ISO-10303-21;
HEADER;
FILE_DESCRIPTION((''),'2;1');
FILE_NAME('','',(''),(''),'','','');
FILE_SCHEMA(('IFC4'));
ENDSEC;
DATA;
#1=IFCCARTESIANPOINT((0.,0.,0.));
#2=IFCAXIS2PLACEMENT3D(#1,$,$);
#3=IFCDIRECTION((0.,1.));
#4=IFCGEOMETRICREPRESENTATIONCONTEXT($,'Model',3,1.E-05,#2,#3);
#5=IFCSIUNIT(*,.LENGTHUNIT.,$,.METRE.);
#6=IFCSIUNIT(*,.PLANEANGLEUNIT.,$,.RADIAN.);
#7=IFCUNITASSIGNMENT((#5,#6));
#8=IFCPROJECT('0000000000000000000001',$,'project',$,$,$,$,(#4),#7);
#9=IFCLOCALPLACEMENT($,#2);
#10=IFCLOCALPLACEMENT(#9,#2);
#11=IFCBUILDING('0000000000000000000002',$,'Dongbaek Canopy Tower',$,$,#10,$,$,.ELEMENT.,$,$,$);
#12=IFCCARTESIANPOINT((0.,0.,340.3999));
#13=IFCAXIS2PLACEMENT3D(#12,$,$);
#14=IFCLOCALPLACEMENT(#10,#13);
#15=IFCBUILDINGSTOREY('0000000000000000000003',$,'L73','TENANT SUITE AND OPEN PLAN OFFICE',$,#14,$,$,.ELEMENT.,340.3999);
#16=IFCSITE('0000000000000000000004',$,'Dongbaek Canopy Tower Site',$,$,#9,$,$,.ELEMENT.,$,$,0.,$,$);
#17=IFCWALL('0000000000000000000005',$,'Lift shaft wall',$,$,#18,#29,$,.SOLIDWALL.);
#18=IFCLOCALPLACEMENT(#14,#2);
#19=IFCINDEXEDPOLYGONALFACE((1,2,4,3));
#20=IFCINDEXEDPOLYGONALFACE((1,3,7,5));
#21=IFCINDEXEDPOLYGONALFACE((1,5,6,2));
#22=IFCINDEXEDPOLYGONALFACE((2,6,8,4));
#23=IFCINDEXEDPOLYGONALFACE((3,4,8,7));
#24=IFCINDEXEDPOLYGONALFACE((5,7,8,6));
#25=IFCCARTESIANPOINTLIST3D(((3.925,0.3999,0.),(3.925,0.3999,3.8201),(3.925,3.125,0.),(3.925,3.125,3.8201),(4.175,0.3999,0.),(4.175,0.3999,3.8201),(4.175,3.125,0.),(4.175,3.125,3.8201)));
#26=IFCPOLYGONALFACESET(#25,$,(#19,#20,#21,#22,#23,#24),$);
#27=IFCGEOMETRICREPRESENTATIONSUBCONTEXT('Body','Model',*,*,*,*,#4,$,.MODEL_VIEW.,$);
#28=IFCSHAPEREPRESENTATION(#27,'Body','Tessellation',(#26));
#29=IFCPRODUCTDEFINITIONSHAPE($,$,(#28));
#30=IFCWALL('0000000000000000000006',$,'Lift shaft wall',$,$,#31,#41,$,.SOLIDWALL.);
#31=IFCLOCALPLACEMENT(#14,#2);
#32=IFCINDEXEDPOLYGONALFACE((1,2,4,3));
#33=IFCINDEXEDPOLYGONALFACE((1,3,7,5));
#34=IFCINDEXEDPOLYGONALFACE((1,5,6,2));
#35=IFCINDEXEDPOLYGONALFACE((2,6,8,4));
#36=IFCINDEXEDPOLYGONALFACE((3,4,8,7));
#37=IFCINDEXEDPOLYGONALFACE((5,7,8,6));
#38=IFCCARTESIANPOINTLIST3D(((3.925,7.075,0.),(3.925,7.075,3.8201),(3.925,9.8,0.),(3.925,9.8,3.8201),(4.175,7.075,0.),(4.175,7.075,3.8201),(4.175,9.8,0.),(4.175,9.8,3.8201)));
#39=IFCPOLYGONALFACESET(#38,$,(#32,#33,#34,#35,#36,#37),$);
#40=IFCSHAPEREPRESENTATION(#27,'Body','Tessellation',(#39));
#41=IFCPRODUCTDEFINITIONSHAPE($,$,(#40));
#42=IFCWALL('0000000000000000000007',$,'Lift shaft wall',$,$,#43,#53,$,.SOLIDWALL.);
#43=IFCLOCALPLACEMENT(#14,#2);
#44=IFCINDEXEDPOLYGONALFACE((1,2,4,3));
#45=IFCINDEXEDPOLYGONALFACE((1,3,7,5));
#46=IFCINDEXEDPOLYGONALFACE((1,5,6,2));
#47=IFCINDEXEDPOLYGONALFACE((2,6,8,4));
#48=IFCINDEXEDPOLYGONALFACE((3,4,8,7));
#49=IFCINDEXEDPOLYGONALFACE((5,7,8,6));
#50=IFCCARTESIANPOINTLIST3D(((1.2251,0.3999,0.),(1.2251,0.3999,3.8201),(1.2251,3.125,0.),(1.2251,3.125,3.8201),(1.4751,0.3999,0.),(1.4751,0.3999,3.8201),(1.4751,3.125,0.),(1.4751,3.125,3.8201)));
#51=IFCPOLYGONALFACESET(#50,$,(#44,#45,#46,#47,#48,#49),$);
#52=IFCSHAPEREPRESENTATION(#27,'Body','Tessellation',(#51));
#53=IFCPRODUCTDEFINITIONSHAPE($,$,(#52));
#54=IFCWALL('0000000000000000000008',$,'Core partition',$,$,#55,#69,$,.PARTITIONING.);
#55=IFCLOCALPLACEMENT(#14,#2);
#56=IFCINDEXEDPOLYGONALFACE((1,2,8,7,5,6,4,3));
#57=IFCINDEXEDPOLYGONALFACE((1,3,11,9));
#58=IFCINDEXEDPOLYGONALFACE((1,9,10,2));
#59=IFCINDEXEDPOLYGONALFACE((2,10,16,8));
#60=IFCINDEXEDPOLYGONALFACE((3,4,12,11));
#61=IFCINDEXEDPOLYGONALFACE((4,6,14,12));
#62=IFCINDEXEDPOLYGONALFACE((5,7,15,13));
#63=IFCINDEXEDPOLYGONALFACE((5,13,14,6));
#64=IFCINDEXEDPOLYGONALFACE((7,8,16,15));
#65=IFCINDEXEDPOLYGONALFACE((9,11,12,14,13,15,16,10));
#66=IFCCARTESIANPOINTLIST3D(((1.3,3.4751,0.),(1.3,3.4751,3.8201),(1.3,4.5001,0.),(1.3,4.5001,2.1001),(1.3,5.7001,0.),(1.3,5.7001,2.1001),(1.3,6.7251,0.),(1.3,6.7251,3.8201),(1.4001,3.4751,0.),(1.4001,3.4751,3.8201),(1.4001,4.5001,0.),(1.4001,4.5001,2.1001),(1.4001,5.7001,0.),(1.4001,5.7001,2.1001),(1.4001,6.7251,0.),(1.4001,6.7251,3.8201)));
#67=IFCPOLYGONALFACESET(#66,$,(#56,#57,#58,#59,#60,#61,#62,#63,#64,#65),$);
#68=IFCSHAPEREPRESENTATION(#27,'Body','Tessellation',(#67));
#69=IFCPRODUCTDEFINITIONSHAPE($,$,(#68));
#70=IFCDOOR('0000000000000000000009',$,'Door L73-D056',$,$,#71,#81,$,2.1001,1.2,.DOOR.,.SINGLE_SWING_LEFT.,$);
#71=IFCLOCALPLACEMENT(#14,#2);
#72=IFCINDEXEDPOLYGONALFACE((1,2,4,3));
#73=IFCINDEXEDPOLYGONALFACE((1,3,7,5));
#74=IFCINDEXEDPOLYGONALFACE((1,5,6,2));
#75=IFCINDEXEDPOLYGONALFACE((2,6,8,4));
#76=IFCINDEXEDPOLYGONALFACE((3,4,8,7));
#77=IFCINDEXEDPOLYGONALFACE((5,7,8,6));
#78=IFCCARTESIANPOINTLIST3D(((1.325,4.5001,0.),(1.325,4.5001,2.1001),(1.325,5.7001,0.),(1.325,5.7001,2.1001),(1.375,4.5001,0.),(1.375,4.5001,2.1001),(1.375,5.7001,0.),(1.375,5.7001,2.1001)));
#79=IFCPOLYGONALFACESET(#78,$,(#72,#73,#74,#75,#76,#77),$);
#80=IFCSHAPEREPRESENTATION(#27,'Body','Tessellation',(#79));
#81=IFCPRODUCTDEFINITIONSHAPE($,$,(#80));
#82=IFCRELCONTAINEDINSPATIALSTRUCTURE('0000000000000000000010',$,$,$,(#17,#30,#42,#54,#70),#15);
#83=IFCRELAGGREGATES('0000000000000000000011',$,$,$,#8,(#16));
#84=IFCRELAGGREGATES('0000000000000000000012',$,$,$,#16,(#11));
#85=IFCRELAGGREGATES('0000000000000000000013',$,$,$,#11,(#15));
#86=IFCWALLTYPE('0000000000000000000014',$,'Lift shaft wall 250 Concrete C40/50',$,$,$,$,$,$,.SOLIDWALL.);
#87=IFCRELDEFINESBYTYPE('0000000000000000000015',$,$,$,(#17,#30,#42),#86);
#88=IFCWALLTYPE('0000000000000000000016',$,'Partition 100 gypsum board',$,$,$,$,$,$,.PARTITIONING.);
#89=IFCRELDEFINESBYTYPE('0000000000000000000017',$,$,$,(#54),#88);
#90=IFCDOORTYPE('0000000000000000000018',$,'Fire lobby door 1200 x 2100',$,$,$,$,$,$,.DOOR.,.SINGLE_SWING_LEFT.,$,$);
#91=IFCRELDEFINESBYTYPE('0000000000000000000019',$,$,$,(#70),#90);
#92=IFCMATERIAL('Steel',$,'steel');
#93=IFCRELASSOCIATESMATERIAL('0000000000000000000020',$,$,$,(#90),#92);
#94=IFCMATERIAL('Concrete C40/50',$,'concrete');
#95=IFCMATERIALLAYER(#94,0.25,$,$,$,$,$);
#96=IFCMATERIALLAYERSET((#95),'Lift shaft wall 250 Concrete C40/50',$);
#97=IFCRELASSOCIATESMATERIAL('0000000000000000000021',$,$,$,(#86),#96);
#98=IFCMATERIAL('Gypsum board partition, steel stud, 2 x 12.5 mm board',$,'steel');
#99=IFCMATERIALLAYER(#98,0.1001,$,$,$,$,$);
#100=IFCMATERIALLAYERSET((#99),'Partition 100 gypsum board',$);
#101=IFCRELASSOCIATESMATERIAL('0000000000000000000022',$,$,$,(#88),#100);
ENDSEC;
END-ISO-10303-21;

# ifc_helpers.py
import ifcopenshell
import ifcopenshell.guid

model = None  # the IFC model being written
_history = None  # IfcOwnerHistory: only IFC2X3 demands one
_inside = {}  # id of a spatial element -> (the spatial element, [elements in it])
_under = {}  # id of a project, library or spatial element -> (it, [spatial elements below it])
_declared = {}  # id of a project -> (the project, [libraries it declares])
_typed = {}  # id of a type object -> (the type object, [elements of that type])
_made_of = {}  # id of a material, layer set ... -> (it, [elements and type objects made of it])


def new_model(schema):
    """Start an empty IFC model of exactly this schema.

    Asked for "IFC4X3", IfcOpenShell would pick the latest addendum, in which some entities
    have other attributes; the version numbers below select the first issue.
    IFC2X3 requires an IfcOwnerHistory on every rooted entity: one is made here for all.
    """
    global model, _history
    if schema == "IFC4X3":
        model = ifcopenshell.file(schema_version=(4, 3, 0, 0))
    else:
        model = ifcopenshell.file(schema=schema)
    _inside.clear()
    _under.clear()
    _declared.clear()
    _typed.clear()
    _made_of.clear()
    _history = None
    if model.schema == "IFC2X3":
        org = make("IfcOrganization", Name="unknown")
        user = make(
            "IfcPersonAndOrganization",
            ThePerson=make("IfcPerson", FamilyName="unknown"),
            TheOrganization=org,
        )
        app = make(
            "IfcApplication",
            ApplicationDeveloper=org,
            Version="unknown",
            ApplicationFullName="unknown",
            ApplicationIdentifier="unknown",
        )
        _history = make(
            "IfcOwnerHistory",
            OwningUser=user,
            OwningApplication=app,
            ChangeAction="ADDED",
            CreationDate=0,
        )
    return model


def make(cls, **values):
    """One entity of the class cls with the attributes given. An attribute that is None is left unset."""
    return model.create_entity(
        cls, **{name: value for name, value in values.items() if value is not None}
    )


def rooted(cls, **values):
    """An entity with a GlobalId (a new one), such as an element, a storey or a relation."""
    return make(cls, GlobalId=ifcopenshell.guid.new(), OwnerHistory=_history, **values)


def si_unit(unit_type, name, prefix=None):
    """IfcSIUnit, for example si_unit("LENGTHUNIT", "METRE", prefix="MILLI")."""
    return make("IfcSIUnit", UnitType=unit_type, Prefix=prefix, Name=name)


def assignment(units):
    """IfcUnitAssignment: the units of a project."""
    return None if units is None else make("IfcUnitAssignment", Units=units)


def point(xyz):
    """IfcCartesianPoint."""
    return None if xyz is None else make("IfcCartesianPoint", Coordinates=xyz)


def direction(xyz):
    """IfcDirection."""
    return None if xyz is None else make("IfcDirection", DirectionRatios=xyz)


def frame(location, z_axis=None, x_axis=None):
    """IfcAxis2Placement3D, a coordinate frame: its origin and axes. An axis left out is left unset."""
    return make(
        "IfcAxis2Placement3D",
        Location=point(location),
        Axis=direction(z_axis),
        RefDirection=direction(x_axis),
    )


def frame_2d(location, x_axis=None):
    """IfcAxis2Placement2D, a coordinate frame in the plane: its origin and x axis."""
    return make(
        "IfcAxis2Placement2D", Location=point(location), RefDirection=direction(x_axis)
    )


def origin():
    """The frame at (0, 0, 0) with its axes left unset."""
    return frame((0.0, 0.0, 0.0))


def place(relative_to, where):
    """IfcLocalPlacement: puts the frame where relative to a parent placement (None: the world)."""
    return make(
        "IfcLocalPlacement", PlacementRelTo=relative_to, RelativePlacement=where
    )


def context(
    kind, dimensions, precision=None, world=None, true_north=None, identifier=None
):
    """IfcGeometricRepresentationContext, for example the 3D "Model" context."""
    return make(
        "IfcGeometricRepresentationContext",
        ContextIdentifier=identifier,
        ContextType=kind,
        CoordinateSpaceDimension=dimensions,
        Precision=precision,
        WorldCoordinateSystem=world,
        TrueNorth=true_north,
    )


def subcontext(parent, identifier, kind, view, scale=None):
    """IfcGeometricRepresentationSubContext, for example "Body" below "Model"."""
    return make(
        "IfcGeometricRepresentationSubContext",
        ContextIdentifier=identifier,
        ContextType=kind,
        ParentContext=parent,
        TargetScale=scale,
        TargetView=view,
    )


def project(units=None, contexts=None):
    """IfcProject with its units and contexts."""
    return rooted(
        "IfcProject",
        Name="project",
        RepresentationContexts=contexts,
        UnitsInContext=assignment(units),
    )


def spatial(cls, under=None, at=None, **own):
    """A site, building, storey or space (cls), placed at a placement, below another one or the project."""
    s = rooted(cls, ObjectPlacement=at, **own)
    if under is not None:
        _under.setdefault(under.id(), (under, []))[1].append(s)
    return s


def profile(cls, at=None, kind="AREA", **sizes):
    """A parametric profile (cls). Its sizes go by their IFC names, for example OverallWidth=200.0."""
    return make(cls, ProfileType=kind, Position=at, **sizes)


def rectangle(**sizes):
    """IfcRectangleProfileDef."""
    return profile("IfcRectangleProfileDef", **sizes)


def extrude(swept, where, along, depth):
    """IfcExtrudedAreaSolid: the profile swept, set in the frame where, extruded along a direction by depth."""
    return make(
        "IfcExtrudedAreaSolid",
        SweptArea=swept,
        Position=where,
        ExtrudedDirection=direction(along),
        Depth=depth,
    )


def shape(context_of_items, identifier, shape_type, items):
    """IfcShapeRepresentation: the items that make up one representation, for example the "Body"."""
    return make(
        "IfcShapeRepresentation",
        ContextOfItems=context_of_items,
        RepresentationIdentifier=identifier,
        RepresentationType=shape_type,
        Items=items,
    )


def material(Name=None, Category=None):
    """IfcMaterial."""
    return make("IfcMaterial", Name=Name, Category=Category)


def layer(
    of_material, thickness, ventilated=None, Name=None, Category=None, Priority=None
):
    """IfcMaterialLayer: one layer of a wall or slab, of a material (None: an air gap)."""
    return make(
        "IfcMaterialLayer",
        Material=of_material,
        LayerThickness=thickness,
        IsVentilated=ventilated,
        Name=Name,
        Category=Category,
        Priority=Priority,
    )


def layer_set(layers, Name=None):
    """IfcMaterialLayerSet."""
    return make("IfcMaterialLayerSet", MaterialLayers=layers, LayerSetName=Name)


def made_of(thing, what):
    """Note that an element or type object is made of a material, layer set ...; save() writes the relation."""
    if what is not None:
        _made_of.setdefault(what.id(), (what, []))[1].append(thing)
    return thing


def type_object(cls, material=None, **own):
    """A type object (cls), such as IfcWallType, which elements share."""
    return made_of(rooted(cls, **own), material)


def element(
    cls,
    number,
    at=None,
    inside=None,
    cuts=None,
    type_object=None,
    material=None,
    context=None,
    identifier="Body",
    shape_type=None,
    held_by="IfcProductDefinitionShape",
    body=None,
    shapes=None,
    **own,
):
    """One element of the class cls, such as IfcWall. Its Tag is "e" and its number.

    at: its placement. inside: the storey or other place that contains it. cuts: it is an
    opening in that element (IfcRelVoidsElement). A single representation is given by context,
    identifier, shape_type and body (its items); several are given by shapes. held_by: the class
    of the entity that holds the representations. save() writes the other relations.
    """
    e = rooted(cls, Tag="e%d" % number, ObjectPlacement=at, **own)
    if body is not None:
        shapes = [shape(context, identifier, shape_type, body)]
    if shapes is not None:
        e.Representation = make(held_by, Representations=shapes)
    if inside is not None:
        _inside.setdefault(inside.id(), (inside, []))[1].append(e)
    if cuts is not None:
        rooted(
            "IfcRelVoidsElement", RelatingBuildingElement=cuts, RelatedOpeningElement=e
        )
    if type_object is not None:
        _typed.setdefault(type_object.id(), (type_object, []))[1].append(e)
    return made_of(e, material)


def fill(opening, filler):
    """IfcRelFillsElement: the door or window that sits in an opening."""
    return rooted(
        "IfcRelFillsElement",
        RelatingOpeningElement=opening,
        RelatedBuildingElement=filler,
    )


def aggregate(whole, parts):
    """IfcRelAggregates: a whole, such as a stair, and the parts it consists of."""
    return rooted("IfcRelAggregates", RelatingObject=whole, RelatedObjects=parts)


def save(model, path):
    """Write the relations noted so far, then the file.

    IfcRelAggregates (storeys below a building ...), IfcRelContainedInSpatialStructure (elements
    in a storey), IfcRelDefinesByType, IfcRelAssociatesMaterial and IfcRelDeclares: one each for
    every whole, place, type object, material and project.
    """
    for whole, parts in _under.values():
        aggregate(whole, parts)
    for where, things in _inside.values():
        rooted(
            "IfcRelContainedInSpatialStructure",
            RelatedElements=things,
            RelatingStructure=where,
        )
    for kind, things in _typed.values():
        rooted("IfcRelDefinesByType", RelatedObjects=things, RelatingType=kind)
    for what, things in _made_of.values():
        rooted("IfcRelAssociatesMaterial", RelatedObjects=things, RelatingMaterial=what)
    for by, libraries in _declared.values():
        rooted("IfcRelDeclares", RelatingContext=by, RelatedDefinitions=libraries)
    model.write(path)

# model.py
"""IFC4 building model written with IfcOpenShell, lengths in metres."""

from ifc_helpers import new_model, si_unit, direction, frame, frame_2d, origin, place, context, subcontext, project, spatial, rectangle, extrude, material, layer, layer_set, type_object, element, fill, save


model = new_model("IFC4")

# Units and contexts
model_context = context("Model", 3, precision=1e-05, world=origin(), true_north=direction((0.0, 1.0)))
body_context = subcontext(model_context, "Body", "Model", "MODEL_VIEW")
ifc_project = project(units=[si_unit("LENGTHUNIT", "METRE"), si_unit("PLANEANGLEUNIT", "RADIAN")], contexts=[model_context])

# Site, building, storey
site_placement = place(None, origin())
site = spatial("IfcSite", under=ifc_project, at=site_placement, Name="Dongbaek Canopy Tower Site", CompositionType="ELEMENT", RefElevation=0.0)
building_placement = place(site_placement, origin())
building = spatial("IfcBuilding", under=site, at=building_placement, Name="Dongbaek Canopy Tower", CompositionType="ELEMENT")
storey_placement = place(building_placement, frame((0.0, 0.0, 340.3999)))
storey = spatial("IfcBuildingStorey", under=building, at=storey_placement, Name="L73", Description="TENANT SUITE AND OPEN PLAN OFFICE", CompositionType="ELEMENT", Elevation=340.3999)

# Shared definitions
ifc_material_1 = material(Name="Steel", Category="steel")
door_type = type_object("IfcDoorType", Name="Fire lobby door 1200 x 2100", OperationType="SINGLE_SWING_LEFT", PredefinedType="DOOR", material=ifc_material_1)

# Walls
ifc_material_2 = material(Name="Concrete C40/50", Category="concrete")
ifc_layer_1 = layer(ifc_material_2, 0.25)
ifc_layer_set_1 = layer_set([ifc_layer_1], Name="Lift shaft wall 250 Concrete C40/50")
wall_type_1 = type_object("IfcWallType", Name="Lift shaft wall 250 Concrete C40/50", PredefinedType="SOLIDWALL", material=ifc_layer_set_1)
for number, where, z_axis, x_axis, name in (
    (1, (4.05, 0.3999, 0.0), (0.0, 0.0, 1.0), (0.0, 1.0, 0.0), "Lift shaft wall"),
    (2, (4.05, 7.075, 0.0), (0.0, 0.0, 1.0), (0.0, 1.0, 0.0), "Lift shaft wall"),
    (3, (1.3501, 0.3999, 0.0), (0.0, 0.0, 1.0), (0.0, 1.0, 0.0), "Lift shaft wall"),
):
    element("IfcWall", number, at=place(storey_placement, frame(where, z_axis=z_axis, x_axis=x_axis)), inside=storey, type_object=wall_type_1, Name=name, PredefinedType="SOLIDWALL", context=body_context, shape_type="SweptSolid", body=[
        extrude(rectangle(XDim=2.7251, YDim=0.25, at=frame_2d((1.3625, 0.0))), origin(), (0.0, 0.0, 1.0), 3.8201),
    ])

# Wall, opening, door
ifc_material_3 = material(Name="Gypsum board partition, steel stud, 2 x 12.5 mm board", Category="steel")
ifc_layer_2 = layer(ifc_material_3, 0.1001)
ifc_layer_set_2 = layer_set([ifc_layer_2], Name="Partition 100 gypsum board")
wall_type_2 = type_object("IfcWallType", Name="Partition 100 gypsum board", PredefinedType="PARTITIONING", material=ifc_layer_set_2)
wall_1_placement = place(storey_placement, frame((1.3501, 6.7251, 0.0), z_axis=(0.0, 0.0, 1.0), x_axis=(0.0, -1.0, 0.0)))
wall_1 = element("IfcWall", 4, at=wall_1_placement, inside=storey, type_object=wall_type_2, Name="Core partition", PredefinedType="PARTITIONING", context=body_context, shape_type="SweptSolid", body=[
    extrude(rectangle(XDim=3.25, YDim=0.1001, at=frame_2d((1.625, 0.0))), origin(), (0.0, 0.0, 1.0), 3.8201),
])
opening_1_placement = place(wall_1_placement, frame((1.0249, 0.0, 0.0)))
opening_1 = element("IfcOpeningElement", 5, at=opening_1_placement, cuts=wall_1, PredefinedType="OPENING", context=body_context, shape_type="SweptSolid", body=[
    extrude(rectangle(XDim=1.2, YDim=2.1001, at=frame_2d((0.6001, 1.05))), frame((0.0, 0.0601, 0.0), z_axis=(0.0, -1.0, 0.0), x_axis=(1.0, 0.0, 0.0)), (0.0, 0.0, 1.0), 0.1201),
])
door_1_placement = place(opening_1_placement, origin())
door_1 = element("IfcDoor", 6, at=door_1_placement, inside=storey, type_object=door_type, Name="Door L73-D056", OperationType="SINGLE_SWING_LEFT", OverallHeight=2.1001, OverallWidth=1.2, PredefinedType="DOOR", context=body_context, shape_type="SweptSolid", body=[
    extrude(rectangle(XDim=1.2, YDim=2.1001, at=frame_2d((0.6001, 1.05))), frame((0.0, 0.0249, 0.0), z_axis=(0.0, -1.0, 0.0), x_axis=(1.0, 0.0, 0.0)), (0.0, 0.0, 1.0), 0.05),
])
fill(opening_1, door_1)

save(model, "model.ifc")
